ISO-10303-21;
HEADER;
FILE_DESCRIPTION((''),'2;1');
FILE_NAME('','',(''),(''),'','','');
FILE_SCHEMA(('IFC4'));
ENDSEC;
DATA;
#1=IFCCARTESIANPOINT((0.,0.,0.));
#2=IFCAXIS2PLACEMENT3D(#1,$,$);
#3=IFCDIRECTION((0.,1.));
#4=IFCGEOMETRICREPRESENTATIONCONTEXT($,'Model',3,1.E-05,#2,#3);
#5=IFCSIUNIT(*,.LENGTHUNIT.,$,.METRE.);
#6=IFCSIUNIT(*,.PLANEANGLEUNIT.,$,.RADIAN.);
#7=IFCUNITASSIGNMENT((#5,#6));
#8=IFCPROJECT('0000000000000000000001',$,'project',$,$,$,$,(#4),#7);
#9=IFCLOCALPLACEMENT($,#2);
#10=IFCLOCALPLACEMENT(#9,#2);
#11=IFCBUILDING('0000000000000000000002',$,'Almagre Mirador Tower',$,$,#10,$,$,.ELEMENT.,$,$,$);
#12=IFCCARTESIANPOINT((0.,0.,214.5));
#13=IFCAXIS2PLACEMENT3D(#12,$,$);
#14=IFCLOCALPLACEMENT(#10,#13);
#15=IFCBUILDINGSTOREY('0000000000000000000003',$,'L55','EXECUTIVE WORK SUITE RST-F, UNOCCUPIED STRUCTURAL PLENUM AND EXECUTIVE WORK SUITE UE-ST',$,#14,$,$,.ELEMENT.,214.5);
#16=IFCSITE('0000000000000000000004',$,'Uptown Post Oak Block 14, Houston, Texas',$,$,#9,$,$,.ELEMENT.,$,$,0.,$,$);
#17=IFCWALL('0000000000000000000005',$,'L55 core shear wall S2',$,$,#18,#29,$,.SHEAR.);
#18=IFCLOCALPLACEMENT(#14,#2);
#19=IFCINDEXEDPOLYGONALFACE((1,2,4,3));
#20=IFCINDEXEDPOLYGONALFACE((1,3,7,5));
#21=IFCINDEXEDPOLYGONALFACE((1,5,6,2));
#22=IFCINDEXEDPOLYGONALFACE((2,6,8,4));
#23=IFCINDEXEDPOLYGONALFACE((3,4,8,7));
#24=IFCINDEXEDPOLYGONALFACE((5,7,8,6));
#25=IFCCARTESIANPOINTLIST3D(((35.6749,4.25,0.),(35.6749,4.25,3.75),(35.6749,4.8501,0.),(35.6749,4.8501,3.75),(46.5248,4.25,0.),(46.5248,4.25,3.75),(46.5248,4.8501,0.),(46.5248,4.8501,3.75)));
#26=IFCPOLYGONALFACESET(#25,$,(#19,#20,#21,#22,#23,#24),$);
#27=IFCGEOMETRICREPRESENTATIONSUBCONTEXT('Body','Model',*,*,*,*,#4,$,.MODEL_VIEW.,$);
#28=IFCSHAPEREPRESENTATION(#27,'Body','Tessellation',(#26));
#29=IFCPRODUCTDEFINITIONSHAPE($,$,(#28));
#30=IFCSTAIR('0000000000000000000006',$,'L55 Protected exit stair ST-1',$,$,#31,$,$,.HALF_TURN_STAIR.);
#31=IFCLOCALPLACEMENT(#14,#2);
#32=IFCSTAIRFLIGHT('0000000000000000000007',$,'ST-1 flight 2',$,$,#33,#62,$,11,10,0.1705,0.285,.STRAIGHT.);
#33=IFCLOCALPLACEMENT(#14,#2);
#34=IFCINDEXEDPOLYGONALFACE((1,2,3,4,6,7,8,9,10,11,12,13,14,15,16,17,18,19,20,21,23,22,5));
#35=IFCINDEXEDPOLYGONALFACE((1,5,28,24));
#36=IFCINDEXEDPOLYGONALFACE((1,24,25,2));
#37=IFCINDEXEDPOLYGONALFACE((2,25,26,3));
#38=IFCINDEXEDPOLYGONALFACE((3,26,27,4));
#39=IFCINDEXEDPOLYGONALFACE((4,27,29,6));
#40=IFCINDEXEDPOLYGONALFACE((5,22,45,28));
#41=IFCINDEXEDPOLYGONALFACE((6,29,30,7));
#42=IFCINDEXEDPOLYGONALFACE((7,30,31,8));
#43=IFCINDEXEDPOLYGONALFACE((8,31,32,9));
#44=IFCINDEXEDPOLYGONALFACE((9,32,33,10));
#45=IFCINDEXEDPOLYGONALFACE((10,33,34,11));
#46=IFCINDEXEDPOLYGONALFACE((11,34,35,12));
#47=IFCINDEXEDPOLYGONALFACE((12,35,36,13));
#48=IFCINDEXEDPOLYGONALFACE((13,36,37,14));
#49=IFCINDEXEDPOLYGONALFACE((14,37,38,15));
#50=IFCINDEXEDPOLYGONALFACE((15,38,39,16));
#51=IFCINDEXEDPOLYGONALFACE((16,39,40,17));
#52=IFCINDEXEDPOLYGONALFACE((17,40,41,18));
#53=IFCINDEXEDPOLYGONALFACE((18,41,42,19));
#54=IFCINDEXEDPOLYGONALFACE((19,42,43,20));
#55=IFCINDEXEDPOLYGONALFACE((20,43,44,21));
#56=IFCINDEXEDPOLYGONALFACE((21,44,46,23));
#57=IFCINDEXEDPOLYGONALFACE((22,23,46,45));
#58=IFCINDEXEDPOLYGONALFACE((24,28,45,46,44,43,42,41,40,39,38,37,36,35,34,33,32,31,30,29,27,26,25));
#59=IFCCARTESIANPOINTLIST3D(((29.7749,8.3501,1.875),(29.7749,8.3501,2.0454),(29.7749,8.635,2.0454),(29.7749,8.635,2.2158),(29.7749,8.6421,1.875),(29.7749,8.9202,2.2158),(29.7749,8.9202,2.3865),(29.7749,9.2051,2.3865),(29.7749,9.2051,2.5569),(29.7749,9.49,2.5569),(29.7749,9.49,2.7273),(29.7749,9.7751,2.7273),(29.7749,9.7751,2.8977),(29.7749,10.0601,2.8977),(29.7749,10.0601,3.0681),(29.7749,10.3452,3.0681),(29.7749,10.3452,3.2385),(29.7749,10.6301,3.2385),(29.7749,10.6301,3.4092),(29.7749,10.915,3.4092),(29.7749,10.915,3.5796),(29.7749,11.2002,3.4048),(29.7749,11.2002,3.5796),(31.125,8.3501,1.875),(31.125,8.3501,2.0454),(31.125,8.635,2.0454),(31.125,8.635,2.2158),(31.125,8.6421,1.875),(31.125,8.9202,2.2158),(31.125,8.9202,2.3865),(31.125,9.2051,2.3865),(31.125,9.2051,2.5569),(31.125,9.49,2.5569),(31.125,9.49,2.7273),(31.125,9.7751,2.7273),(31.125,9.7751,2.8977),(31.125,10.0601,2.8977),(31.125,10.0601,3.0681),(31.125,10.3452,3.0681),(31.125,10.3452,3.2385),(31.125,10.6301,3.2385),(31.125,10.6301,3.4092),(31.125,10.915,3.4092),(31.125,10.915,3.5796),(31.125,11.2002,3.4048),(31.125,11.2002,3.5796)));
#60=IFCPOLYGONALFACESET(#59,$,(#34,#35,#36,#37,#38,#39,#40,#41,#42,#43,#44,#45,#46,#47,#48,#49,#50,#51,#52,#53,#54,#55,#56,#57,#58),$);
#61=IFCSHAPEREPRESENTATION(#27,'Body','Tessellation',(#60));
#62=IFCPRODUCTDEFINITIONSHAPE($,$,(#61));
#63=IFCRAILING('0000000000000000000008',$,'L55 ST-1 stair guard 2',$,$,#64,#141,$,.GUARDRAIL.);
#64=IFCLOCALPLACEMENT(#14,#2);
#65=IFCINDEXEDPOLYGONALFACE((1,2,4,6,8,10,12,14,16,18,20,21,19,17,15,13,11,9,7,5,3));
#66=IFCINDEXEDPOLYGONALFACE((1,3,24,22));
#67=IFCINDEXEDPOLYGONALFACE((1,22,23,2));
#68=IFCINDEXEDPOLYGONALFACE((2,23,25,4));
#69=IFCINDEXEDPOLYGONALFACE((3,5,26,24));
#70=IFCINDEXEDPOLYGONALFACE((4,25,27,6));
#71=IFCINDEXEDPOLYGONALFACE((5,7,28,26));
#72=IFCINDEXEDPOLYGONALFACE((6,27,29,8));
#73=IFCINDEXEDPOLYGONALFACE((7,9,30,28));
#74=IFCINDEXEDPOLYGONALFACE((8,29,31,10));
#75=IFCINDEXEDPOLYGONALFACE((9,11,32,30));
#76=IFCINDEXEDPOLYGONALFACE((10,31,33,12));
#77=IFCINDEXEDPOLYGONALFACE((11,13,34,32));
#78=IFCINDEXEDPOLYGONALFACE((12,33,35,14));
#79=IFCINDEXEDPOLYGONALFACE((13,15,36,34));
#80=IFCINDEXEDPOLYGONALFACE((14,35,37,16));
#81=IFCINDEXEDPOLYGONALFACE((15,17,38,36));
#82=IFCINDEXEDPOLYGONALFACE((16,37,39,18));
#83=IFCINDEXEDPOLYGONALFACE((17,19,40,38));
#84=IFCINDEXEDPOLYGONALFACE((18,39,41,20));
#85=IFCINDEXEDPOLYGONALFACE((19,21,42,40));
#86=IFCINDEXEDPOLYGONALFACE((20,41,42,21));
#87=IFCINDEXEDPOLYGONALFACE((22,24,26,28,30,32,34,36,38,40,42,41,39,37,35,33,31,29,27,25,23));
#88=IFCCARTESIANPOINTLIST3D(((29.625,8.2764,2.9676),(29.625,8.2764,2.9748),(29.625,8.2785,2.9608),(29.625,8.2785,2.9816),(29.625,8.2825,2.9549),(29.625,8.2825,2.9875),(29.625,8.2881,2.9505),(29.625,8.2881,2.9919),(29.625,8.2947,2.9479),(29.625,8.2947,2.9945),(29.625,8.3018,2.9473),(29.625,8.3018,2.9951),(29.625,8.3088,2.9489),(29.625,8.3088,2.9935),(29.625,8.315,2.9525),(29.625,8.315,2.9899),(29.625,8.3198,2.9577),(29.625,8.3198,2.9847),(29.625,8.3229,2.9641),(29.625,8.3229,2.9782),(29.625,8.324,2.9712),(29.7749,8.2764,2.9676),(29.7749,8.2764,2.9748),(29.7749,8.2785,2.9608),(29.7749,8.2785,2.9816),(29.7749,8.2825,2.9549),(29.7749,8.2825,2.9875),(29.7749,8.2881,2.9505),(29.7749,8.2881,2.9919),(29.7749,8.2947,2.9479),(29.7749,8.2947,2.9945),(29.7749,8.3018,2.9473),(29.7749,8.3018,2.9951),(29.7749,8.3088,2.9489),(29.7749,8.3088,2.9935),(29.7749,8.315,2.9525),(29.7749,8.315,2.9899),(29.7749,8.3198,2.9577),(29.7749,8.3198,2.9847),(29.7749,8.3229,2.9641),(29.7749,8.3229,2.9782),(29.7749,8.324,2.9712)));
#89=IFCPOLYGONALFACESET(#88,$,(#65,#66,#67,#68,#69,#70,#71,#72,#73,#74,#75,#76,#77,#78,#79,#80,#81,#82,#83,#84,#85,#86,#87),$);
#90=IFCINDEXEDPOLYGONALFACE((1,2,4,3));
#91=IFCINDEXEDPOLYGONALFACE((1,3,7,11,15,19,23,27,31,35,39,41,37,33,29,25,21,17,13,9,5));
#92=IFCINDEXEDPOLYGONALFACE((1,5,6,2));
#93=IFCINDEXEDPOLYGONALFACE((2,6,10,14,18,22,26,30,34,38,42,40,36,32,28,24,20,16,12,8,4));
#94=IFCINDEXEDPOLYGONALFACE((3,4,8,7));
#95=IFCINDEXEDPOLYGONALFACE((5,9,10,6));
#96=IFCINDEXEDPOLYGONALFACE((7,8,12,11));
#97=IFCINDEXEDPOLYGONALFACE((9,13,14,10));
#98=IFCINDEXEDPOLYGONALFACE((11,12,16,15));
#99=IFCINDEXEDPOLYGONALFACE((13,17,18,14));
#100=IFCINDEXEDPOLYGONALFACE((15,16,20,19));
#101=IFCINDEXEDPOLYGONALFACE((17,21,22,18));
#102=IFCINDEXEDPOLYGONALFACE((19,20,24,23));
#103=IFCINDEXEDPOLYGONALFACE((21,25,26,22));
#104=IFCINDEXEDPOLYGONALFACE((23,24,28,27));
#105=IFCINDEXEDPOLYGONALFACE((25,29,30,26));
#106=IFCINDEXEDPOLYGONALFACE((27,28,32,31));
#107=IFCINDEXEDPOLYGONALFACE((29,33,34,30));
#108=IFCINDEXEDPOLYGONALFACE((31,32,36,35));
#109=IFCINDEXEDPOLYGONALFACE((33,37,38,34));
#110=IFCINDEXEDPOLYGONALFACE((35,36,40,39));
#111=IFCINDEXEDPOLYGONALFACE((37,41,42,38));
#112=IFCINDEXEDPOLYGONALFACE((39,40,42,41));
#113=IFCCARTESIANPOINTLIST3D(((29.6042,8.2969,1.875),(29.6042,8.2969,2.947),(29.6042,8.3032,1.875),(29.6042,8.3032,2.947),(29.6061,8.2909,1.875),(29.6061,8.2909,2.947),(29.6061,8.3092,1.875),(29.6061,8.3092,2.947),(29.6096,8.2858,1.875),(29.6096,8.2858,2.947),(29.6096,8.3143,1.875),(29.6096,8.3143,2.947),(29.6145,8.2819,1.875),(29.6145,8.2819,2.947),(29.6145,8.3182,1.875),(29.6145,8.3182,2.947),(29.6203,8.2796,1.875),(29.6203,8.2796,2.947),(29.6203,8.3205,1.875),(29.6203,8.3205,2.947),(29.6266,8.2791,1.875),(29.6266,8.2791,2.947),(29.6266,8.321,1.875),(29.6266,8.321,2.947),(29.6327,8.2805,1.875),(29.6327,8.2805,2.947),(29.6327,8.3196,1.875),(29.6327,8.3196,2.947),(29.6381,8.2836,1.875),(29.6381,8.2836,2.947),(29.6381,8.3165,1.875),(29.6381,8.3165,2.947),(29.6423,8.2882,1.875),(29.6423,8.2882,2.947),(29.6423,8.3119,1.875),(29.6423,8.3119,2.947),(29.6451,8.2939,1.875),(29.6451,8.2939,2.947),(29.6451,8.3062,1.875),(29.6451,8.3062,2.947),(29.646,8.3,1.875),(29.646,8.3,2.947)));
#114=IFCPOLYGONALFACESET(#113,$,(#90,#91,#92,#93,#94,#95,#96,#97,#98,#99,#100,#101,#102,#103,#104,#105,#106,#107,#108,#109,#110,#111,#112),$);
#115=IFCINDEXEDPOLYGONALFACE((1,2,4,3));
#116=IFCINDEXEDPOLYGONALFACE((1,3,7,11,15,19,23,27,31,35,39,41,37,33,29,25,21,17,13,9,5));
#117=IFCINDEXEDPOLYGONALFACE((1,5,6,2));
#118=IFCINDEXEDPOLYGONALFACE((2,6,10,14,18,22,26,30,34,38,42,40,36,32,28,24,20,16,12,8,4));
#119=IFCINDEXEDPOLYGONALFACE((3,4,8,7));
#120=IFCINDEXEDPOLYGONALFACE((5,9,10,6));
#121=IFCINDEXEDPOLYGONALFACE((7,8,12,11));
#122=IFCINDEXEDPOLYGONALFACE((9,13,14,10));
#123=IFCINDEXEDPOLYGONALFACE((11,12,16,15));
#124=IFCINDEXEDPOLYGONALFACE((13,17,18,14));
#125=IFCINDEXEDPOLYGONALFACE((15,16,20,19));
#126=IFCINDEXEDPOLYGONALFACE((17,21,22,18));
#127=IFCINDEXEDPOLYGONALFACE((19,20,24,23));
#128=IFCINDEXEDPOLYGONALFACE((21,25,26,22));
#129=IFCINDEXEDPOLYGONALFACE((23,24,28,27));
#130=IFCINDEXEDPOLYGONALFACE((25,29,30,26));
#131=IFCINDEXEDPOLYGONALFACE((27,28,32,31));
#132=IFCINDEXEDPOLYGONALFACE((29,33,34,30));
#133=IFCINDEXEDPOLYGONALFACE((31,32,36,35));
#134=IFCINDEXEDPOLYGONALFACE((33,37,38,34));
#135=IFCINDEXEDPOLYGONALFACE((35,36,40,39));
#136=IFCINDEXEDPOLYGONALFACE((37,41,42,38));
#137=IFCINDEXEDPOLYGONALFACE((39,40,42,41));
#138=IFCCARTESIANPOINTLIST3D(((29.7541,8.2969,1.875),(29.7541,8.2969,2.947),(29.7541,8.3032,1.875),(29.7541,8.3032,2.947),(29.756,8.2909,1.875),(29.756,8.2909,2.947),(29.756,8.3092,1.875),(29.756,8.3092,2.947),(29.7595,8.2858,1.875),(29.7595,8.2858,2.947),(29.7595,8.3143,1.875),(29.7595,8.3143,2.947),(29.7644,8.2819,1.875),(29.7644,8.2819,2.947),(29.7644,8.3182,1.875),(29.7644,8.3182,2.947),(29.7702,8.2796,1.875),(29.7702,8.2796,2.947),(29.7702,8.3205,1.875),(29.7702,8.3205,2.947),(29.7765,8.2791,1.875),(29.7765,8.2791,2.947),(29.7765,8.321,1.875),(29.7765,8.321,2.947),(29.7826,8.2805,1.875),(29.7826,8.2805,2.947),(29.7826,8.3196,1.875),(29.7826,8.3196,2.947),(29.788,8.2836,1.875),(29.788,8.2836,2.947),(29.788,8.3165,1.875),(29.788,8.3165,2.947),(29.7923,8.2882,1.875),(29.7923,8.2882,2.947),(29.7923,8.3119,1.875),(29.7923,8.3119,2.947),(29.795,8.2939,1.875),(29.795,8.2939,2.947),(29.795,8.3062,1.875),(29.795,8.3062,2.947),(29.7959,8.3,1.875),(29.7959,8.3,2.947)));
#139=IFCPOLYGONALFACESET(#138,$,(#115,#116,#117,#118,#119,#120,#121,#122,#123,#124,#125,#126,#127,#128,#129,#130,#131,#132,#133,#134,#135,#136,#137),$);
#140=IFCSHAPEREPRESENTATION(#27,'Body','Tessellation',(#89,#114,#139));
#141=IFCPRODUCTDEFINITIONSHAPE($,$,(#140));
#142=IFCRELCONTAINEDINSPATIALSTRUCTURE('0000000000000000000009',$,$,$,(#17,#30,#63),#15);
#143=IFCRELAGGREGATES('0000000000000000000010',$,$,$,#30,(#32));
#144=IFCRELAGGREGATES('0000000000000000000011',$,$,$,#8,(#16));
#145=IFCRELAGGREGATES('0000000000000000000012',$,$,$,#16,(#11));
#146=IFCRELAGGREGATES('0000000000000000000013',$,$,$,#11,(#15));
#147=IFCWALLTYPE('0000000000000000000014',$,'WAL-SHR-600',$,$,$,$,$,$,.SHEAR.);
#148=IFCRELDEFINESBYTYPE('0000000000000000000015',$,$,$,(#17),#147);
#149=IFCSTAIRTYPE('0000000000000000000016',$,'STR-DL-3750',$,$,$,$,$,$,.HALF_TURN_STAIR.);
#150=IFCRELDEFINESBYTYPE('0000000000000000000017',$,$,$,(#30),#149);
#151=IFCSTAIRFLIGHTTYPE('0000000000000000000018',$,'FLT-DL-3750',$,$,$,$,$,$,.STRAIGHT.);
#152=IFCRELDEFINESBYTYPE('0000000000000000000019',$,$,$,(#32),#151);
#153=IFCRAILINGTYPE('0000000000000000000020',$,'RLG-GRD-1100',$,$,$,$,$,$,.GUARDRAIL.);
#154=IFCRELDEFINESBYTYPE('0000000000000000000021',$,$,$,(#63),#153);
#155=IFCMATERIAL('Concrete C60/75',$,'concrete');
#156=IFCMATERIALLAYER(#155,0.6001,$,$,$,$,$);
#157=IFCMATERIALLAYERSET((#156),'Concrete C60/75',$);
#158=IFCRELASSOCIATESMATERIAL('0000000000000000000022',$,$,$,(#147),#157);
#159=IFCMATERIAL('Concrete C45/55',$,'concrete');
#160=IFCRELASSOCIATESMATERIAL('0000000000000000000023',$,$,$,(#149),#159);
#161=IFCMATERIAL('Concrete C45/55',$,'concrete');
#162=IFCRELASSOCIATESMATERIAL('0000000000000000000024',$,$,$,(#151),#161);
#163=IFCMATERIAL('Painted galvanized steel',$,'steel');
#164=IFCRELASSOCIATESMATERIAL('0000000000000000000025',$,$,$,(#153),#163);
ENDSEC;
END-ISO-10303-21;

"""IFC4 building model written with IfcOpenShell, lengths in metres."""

from ifc_helpers import new_model, si_unit, direction, frame, frame_2d, origin, origin_2d, place, context, subcontext, project, spatial, polyline, rectangle, circle, outline, extrude, material, layer, layer_set, type_object, element, aggregate, save


model = new_model("IFC4")

# Units and contexts
model_context = context("Model", 3, precision=1e-05, world=origin(), true_north=direction((0.0, 1.0)))
body_context = subcontext(model_context, "Body", "Model", "MODEL_VIEW")
ifc_project = project(units=[si_unit("LENGTHUNIT", "METRE"), si_unit("PLANEANGLEUNIT", "RADIAN")], contexts=[model_context])

# Site, building, storey
site_placement = place(None, origin())
site = spatial("IfcSite", under=ifc_project, at=site_placement, Name="Uptown Post Oak Block 14, Houston, Texas", CompositionType="ELEMENT", RefElevation=0.0)
building_placement = place(site_placement, origin())
building = spatial("IfcBuilding", under=site, at=building_placement, Name="Almagre Mirador Tower", CompositionType="ELEMENT")
storey_placement = place(building_placement, frame((0.0, 0.0, 214.5)))
storey = spatial("IfcBuildingStorey", under=building, at=storey_placement, Name="L55", Description="EXECUTIVE WORK SUITE RST-F, UNOCCUPIED STRUCTURAL PLENUM AND EXECUTIVE WORK SUITE UE-ST", CompositionType="ELEMENT", Elevation=214.5)

# Wall
ifc_material_1 = material(Name="Concrete C60/75", Category="concrete")
ifc_layer_1 = layer(ifc_material_1, 0.6001)
ifc_layer_set_1 = layer_set([ifc_layer_1], Name="Concrete C60/75")
wall_type_1 = type_object("IfcWallType", Name="WAL-SHR-600", PredefinedType="SHEAR", material=ifc_layer_set_1)
wall_1_placement = place(storey_placement, frame((35.675, 4.55, 0.0), z_axis=(0.0, 0.0, 1.0), x_axis=(1.0, 0.0, 0.0)))
element("IfcWall", 1, at=wall_1_placement, inside=storey, type_object=wall_type_1, Name="L55 core shear wall S2", PredefinedType="SHEAR", context=body_context, shape_type="SweptSolid", body=[
    extrude(rectangle(XDim=10.8499, YDim=0.6001, at=frame_2d((5.4248, 0.0))), origin(), (0.0, 0.0, 1.0), 3.75),
])

# Stair, stair flight
ifc_material_2 = material(Name="Concrete C45/55", Category="concrete")
stair_type = type_object("IfcStairType", Name="STR-DL-3750", PredefinedType="HALF_TURN_STAIR", material=ifc_material_2)
stair_placement = place(storey_placement, origin())
stair = element("IfcStair", 2, at=stair_placement, inside=storey, type_object=stair_type, Name="L55 Protected exit stair ST-1", PredefinedType="HALF_TURN_STAIR")
ifc_material_3 = material(Name="Concrete C45/55", Category="concrete")
stair_flight_type = type_object("IfcStairFlightType", Name="FLT-DL-3750", PredefinedType="STRAIGHT", material=ifc_material_3)
stair_flight_placement = place(storey_placement, frame((30.45, 8.3501, 1.875), z_axis=(0.0, 0.0, 1.0), x_axis=(0.0, 1.0, 0.0)))
stair_flight = element("IfcStairFlight", 3, at=stair_flight_placement, type_object=stair_flight_type, Name="ST-1 flight 2", NumberOfRisers=11, NumberOfTreads=10, PredefinedType="STRAIGHT", RiserHeight=0.1705, TreadLength=0.285, context=body_context, shape_type="SweptSolid", body=[
    extrude(outline(polyline([(0.0, 0.0), (0.0, 0.1704), (0.2849, 0.1704), (0.2849, 0.3408), (0.5701, 0.3408), (0.5701, 0.5115), (0.855, 0.5115), (0.855, 0.6819), (1.1399, 0.6819), (1.1399, 0.8523), (1.425, 0.8523), (1.425, 1.0227), (1.71, 1.0227), (1.71, 1.1931), (1.9951, 1.1931), (1.9951, 1.3635), (2.28, 1.3635), (2.28, 1.5342), (2.5649, 1.5342), (2.5649, 1.7046), (2.8501, 1.7046), (2.8501, 1.875), (2.8501, 1.5298), (0.292, 0.0), (0.0, 0.0)])), frame((0.0, 0.675, 0.0), z_axis=(0.0, -1.0, 0.0), x_axis=(1.0, 0.0, 0.0)), (0.0, 0.0, 1.0), 1.3501),
])
aggregate(stair, [stair_flight])

# Railing
ifc_material_4 = material(Name="Painted galvanized steel", Category="steel")
railing_type = type_object("IfcRailingType", Name="RLG-GRD-1100", PredefinedType="GUARDRAIL", material=ifc_material_4)
railing_1_placement = place(storey_placement, frame((29.625, 8.3, 1.875)))
element("IfcRailing", 4, at=railing_1_placement, inside=storey, type_object=railing_type, Name="L55 ST-1 stair guard 2", PredefinedType="GUARDRAIL", context=body_context, shape_type="SweptSolid", body=[
    extrude(circle(Radius=0.0239, at=origin_2d()), frame((0.0, 0.0, 1.0962), z_axis=(1.0, 0.0, 0.0), x_axis=(0.0, 1.0, 0.0)), (0.0, 0.0, 1.0), 0.1499),
    extrude(circle(Radius=0.021, at=origin_2d()), origin(), (0.0, 0.0, 1.0), 1.072),
    extrude(circle(Radius=0.021, at=origin_2d()), frame((0.1499, 0.0, 0.0)), (0.0, 0.0, 1.0), 1.072),
])

save(model, "model.ifc")
